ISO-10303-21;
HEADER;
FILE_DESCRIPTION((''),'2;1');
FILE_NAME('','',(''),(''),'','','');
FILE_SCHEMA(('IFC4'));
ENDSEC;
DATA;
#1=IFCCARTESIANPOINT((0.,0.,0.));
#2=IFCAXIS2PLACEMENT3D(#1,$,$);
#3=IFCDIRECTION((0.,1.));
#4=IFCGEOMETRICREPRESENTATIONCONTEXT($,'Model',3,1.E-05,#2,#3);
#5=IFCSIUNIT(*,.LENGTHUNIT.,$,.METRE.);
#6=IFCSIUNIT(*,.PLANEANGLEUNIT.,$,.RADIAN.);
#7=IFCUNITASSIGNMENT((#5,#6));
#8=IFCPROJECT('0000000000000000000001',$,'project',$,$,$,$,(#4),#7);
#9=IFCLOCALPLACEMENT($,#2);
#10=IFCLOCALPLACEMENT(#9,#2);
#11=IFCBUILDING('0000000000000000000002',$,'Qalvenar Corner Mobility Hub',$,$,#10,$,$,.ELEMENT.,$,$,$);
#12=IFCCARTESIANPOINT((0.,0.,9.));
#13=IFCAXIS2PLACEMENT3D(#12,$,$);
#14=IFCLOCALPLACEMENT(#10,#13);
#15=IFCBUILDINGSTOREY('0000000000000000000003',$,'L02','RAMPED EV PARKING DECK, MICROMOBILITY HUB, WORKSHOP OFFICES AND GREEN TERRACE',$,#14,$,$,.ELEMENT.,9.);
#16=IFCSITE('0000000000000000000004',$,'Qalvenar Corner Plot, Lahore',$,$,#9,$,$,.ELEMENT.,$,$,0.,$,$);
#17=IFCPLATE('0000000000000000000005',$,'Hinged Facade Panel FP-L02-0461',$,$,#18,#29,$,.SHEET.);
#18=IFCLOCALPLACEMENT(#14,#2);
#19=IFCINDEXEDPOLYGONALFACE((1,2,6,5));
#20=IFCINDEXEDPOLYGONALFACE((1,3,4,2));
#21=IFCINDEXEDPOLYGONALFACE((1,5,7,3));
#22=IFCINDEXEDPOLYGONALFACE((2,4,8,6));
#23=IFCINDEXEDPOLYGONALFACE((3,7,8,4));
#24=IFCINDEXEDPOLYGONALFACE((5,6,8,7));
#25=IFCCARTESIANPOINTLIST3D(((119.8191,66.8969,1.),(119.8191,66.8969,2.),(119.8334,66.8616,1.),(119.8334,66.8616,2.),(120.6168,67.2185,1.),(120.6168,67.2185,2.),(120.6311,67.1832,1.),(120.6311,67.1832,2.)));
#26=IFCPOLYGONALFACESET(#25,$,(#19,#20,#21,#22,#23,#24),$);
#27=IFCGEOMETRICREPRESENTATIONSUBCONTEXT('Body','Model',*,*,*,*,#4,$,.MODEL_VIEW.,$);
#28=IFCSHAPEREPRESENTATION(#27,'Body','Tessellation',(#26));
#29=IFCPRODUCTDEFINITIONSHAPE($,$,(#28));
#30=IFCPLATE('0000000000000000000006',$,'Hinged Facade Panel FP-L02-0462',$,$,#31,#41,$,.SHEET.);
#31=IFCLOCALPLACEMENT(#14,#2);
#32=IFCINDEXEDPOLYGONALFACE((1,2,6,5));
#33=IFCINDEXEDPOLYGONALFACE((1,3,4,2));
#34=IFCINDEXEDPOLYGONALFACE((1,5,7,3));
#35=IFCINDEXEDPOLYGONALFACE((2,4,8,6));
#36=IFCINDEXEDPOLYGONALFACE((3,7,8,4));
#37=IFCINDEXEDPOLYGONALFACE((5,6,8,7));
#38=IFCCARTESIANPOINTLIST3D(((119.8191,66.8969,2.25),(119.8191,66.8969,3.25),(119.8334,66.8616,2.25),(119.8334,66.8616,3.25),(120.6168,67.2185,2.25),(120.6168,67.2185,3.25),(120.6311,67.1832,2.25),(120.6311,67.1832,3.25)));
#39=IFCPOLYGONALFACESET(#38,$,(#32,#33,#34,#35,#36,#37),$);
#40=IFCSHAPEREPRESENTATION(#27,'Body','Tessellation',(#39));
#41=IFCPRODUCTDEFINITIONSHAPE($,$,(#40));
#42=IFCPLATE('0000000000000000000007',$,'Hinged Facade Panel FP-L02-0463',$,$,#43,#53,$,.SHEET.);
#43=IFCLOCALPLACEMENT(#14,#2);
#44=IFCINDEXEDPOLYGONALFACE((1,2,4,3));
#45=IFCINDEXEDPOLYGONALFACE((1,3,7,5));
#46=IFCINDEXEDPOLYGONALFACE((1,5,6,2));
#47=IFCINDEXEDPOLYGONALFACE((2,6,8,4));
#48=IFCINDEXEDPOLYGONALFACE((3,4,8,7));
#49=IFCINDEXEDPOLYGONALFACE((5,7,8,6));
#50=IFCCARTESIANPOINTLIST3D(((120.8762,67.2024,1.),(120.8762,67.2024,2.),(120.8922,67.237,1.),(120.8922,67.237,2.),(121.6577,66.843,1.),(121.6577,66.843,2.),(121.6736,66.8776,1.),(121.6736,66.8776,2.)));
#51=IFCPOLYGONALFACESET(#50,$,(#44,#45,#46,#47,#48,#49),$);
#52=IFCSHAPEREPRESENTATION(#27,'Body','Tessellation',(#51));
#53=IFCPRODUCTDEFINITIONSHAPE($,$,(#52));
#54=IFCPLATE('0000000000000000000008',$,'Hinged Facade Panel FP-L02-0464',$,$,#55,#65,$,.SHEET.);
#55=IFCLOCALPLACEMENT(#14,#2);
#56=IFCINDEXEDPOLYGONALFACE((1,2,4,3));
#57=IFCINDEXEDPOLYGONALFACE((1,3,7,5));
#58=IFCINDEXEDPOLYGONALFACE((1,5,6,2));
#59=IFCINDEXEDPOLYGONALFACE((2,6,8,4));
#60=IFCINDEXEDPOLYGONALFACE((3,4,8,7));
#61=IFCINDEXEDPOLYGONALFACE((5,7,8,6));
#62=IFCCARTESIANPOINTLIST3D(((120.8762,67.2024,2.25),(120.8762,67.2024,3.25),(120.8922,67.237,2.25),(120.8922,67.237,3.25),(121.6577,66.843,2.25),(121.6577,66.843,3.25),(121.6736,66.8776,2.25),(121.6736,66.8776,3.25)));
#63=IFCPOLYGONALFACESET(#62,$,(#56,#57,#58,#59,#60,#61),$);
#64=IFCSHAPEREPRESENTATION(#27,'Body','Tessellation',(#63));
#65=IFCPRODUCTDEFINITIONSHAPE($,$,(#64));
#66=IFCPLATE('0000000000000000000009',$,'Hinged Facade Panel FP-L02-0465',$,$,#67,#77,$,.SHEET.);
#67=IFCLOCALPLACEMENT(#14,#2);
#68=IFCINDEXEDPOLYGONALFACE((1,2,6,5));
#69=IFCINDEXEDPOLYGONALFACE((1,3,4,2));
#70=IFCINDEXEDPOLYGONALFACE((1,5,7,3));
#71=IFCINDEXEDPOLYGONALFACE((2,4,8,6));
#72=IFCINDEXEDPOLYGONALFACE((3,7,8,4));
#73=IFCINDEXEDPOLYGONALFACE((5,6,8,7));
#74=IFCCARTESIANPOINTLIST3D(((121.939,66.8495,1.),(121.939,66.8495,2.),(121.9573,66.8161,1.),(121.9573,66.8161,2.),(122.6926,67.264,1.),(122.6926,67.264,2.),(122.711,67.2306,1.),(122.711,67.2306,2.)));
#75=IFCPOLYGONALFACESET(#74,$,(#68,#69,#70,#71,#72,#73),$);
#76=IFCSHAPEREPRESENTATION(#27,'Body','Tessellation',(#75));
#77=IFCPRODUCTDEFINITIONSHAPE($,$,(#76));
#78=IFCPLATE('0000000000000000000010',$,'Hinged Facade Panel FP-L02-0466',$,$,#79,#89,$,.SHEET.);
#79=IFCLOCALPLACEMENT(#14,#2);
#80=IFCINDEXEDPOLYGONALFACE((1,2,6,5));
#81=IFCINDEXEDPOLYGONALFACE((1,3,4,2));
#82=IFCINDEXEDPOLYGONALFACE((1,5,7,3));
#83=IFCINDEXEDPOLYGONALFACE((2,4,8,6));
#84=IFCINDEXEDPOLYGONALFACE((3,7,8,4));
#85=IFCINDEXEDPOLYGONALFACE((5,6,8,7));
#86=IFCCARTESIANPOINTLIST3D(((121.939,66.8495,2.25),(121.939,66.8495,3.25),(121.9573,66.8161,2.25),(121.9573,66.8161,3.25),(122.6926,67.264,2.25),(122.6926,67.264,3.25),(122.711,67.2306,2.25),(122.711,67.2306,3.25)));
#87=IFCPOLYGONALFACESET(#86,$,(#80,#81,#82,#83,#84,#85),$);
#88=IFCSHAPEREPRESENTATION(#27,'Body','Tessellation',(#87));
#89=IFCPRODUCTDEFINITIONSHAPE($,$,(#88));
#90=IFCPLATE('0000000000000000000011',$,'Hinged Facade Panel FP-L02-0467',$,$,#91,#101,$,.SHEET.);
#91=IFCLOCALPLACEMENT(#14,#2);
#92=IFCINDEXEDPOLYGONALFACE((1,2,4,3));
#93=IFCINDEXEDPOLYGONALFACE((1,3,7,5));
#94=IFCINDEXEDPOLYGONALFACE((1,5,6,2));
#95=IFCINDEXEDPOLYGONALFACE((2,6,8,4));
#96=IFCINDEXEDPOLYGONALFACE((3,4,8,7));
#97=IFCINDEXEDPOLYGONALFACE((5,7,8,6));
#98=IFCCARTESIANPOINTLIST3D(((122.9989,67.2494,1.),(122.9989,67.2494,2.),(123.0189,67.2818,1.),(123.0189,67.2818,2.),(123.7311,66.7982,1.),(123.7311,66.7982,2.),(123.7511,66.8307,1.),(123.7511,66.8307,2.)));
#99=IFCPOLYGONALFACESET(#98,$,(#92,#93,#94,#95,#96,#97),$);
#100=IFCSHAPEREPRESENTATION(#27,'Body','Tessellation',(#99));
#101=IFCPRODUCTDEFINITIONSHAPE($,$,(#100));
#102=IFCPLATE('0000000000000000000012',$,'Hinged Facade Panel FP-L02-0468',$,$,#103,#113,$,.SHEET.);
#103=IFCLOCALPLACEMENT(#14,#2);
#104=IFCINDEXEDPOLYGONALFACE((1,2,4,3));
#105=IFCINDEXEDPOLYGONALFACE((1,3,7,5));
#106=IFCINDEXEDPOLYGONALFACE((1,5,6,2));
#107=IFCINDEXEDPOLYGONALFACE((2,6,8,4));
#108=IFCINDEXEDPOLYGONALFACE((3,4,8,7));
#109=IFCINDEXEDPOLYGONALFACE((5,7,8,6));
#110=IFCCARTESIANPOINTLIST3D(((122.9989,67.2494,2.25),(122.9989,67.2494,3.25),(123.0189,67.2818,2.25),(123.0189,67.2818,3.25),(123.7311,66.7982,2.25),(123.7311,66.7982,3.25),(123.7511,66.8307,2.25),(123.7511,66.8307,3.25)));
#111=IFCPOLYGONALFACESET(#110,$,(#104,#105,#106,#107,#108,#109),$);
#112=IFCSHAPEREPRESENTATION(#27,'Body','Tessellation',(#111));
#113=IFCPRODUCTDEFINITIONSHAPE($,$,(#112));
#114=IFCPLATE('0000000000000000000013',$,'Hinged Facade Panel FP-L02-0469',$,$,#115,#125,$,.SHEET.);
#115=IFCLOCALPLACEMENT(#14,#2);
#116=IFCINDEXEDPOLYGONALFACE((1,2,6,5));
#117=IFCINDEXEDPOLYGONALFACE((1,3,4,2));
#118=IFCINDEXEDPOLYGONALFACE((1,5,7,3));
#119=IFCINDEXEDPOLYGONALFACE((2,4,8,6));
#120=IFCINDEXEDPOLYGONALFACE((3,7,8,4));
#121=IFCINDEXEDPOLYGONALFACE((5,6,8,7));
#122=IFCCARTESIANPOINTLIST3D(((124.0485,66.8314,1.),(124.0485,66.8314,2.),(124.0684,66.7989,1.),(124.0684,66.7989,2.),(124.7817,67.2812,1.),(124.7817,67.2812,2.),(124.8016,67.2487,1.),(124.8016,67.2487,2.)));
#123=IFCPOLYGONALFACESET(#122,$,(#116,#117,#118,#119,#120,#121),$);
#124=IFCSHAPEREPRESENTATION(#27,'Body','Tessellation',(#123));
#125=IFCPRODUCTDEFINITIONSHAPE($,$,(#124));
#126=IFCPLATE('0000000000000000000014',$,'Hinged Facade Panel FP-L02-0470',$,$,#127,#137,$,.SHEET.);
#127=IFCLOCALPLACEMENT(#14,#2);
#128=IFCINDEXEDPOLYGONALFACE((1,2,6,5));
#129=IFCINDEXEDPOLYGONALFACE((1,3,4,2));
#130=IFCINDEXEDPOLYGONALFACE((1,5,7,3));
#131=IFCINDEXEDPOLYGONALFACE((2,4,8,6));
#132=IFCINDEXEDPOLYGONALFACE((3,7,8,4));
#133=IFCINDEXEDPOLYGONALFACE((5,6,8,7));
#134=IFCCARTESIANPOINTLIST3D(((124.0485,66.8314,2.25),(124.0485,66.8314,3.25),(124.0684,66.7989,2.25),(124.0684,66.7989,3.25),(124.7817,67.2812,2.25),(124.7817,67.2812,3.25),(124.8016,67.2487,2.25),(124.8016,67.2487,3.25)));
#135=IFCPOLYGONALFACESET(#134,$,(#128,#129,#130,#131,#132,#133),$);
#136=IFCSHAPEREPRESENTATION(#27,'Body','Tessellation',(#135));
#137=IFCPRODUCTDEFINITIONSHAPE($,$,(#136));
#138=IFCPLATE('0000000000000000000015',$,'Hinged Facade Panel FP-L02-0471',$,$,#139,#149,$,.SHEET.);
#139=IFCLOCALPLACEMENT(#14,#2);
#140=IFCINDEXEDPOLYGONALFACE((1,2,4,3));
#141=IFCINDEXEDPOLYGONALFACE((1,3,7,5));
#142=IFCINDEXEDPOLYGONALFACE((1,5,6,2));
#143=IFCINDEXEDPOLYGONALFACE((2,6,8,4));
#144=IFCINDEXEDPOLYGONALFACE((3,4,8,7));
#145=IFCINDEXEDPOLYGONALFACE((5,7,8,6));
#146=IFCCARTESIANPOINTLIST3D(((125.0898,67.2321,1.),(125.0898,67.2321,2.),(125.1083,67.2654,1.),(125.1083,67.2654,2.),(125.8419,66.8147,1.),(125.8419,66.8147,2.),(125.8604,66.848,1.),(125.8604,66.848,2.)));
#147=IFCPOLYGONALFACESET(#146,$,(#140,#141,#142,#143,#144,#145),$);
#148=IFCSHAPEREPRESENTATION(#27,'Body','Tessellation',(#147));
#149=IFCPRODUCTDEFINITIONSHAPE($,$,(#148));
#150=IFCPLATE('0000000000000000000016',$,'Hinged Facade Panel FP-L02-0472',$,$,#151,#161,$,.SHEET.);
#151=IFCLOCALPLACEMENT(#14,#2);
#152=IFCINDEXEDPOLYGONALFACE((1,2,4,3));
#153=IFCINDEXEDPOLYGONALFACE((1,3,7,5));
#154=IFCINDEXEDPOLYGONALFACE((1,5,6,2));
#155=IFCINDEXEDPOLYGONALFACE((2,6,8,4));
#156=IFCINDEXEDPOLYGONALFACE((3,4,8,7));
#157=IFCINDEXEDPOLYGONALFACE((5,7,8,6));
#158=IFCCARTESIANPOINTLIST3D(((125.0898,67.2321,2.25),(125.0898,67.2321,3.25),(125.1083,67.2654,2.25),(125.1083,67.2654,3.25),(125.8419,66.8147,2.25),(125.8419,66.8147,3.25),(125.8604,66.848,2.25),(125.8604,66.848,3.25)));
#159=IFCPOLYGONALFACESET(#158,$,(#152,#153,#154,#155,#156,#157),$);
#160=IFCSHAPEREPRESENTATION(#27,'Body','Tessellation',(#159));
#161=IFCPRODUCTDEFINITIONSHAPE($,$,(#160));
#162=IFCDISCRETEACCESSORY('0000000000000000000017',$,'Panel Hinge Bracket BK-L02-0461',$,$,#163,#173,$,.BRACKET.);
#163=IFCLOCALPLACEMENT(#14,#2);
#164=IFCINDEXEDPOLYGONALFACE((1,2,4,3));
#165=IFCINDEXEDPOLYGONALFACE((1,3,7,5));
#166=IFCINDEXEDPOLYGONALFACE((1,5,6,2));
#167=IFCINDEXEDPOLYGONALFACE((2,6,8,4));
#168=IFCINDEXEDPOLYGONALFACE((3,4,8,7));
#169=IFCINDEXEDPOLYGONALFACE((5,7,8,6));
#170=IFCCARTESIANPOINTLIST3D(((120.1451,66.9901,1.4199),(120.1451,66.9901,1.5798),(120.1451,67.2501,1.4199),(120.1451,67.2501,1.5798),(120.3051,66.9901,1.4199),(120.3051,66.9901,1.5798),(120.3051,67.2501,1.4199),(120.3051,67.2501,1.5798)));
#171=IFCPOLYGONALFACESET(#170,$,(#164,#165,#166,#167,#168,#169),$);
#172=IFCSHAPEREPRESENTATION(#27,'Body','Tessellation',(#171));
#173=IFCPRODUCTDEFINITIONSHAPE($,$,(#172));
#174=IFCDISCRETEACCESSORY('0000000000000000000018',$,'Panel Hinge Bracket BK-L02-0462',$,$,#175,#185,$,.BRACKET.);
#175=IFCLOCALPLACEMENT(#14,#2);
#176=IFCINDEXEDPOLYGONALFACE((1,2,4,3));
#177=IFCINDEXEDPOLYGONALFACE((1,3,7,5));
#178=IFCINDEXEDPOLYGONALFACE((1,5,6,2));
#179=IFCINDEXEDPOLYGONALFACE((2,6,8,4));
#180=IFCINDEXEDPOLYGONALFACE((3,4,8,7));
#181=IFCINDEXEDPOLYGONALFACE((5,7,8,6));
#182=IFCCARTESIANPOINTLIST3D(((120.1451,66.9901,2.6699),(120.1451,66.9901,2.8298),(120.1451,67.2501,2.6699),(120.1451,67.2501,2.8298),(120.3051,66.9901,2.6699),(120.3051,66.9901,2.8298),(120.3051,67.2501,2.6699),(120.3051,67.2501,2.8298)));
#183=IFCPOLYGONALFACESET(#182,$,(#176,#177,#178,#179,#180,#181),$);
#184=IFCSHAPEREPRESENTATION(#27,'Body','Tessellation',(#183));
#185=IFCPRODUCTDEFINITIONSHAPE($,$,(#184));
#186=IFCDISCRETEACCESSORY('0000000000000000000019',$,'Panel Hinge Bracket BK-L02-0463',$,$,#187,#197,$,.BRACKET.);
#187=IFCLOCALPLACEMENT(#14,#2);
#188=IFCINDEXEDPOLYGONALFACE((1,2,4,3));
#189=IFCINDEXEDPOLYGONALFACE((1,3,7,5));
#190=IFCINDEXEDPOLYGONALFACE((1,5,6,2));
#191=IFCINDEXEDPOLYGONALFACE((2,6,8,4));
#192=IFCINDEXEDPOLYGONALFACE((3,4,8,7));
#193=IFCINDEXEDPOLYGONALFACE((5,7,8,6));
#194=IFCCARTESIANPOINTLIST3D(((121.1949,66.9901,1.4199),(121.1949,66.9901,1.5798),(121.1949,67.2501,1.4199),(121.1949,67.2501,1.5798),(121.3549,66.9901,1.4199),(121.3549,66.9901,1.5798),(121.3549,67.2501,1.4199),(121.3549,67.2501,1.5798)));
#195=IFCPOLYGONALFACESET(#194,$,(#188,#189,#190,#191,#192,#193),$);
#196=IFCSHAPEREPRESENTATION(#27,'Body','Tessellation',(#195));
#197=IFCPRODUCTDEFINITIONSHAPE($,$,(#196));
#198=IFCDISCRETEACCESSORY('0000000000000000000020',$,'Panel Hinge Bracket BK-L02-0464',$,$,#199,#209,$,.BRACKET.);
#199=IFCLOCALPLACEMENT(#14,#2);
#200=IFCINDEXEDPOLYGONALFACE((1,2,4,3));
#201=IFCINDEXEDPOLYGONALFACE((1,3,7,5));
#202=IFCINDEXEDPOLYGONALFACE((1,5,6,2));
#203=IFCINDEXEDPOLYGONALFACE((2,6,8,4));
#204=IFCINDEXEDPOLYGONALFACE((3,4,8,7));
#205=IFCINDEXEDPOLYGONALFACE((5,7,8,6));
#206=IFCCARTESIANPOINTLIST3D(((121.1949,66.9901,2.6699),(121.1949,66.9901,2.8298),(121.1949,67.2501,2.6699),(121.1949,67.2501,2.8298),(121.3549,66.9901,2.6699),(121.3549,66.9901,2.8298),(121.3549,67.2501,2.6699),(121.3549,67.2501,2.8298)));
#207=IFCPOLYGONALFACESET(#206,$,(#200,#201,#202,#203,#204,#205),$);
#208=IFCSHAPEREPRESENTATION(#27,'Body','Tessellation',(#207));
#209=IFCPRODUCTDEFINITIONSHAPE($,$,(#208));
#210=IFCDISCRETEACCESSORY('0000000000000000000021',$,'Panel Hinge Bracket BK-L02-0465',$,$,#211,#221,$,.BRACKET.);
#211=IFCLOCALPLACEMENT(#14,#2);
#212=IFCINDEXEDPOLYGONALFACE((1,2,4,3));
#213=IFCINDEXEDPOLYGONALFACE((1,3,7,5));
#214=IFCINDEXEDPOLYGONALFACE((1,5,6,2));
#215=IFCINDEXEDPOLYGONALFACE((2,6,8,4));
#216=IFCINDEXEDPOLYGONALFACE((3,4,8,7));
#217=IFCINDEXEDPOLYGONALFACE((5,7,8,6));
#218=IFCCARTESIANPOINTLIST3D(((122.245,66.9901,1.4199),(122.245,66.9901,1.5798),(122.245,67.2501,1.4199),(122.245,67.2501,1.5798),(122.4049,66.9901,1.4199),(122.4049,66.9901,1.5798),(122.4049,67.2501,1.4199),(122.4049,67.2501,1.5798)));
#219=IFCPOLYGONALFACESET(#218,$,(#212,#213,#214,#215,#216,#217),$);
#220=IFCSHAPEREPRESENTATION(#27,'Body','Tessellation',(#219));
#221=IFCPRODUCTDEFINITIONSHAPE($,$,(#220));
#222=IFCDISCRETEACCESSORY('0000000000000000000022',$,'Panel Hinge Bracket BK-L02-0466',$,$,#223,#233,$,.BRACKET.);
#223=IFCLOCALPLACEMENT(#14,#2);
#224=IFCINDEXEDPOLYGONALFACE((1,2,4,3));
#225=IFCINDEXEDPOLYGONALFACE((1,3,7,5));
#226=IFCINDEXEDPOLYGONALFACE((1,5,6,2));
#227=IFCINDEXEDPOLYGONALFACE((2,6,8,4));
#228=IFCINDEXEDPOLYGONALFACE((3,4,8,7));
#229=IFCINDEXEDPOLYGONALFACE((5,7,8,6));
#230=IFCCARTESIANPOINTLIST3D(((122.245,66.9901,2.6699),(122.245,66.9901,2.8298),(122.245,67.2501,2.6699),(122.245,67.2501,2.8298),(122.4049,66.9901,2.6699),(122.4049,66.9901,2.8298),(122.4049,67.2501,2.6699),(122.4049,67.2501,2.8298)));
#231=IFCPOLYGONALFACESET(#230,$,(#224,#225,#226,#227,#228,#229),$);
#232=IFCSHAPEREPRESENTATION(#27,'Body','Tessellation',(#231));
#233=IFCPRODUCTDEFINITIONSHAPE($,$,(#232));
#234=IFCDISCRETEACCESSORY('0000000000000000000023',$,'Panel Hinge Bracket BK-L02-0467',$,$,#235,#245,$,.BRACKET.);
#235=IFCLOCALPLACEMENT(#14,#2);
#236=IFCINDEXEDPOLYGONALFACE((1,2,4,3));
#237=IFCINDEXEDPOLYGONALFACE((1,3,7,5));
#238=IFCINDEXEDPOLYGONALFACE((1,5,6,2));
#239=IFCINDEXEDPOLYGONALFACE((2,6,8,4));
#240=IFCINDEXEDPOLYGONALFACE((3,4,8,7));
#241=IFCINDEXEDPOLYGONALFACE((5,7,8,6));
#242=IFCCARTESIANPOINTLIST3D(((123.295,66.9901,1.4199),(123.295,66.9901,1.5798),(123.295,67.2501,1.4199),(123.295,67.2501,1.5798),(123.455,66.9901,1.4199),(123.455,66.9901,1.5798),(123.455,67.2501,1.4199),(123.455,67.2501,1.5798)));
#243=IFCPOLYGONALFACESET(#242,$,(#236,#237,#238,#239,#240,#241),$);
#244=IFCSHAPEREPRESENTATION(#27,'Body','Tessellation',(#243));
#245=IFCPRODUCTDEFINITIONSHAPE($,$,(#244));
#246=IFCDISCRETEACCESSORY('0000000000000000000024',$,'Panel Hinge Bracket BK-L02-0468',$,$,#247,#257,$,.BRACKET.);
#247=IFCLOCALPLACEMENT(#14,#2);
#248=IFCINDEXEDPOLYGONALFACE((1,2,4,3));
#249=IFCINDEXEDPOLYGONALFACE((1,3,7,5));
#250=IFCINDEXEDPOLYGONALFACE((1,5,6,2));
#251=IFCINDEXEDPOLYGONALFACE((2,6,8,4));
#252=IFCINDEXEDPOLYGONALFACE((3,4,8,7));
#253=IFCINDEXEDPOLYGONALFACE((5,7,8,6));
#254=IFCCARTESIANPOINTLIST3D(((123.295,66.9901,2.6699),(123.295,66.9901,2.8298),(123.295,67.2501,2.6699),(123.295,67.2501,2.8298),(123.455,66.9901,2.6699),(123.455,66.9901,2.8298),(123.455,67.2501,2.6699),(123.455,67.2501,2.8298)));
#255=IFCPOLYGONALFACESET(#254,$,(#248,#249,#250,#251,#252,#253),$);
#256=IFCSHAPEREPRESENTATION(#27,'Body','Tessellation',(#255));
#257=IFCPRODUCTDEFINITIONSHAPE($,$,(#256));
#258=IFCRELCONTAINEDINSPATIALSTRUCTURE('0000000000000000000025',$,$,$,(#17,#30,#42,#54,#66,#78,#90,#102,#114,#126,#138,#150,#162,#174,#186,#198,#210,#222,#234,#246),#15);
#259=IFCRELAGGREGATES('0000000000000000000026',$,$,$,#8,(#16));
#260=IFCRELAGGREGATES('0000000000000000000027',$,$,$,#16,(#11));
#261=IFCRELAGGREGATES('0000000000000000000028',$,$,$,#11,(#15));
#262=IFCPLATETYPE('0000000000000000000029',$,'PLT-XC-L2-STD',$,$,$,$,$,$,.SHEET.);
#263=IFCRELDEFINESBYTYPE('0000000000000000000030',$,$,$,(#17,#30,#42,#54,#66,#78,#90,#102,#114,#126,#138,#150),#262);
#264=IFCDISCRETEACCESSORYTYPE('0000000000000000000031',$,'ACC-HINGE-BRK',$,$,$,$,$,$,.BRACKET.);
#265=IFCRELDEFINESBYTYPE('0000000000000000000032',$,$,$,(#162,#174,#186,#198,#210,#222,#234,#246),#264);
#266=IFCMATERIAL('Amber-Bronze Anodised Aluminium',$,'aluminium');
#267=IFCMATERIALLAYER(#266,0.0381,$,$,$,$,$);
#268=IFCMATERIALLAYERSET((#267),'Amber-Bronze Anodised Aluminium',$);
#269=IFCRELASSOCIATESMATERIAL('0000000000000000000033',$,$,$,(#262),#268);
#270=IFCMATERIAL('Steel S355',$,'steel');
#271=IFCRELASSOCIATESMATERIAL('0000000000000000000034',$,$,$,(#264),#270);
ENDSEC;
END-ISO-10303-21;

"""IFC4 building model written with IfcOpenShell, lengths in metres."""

from ifc_helpers import new_model, si_unit, direction, frame, origin, origin_2d, place, context, subcontext, project, spatial, rectangle, extrude, material, layer, layer_set, type_object, element, save


model = new_model("IFC4")

# Units and contexts
model_context = context("Model", 3, precision=1e-05, world=origin(), true_north=direction((0.0, 1.0)))
body_context = subcontext(model_context, "Body", "Model", "MODEL_VIEW")
ifc_project = project(units=[si_unit("LENGTHUNIT", "METRE"), si_unit("PLANEANGLEUNIT", "RADIAN")], contexts=[model_context])

# Site, building, storey
site_placement = place(None, origin())
site = spatial("IfcSite", under=ifc_project, at=site_placement, Name="Qalvenar Corner Plot, Lahore", CompositionType="ELEMENT", RefElevation=0.0)
building_placement = place(site_placement, origin())
building = spatial("IfcBuilding", under=site, at=building_placement, Name="Qalvenar Corner Mobility Hub", CompositionType="ELEMENT")
storey_placement = place(building_placement, frame((0.0, 0.0, 9.0)))
storey = spatial("IfcBuildingStorey", under=building, at=storey_placement, Name="L02", Description="RAMPED EV PARKING DECK, MICROMOBILITY HUB, WORKSHOP OFFICES AND GREEN TERRACE", CompositionType="ELEMENT", Elevation=9.0)

# Shared definitions
ifc_material_1 = material(Name="Steel S355", Category="steel")

# Plates
ifc_material_2 = material(Name="Amber-Bronze Anodised Aluminium", Category="aluminium")
ifc_layer = layer(ifc_material_2, 0.0381)
ifc_layer_set = layer_set([ifc_layer], Name="Amber-Bronze Anodised Aluminium")
plate_type = type_object("IfcPlateType", Name="PLT-XC-L2-STD", PredefinedType="SHEET", material=ifc_layer_set)
for number, where, z_axis, x_axis, name in (
    (1, (120.2251, 67.04, 1.0), (0.0, 0.0, 1.0), (0.927445, 0.373959, 0.0), "Hinged Facade Panel FP-L02-0461"),
    (2, (120.2251, 67.04, 2.25), (0.0, 0.0, 1.0), (0.927445, 0.373959, 0.0), "Hinged Facade Panel FP-L02-0462"),
    (3, (121.2749, 67.04, 1.0), (0.0, 0.0, 1.0), (0.908508, -0.417867, 0.0), "Hinged Facade Panel FP-L02-0463"),
    (4, (121.2749, 67.04, 2.25), (0.0, 0.0, 1.0), (0.908508, -0.417867, 0.0), "Hinged Facade Panel FP-L02-0464"),
    (5, (122.325, 67.04, 1.0), (0.0, 0.0, 1.0), (0.876223, 0.481907, 0.0), "Hinged Facade Panel FP-L02-0465"),
    (6, (122.325, 67.04, 2.25), (0.0, 0.0, 1.0), (0.876223, 0.481907, 0.0), "Hinged Facade Panel FP-L02-0466"),
    (7, (123.375, 67.04, 1.0), (0.0, 0.0, 1.0), (0.851361, -0.52458, 0.0), "Hinged Facade Panel FP-L02-0467"),
    (8, (123.375, 67.04, 2.25), (0.0, 0.0, 1.0), (0.851361, -0.52458, 0.0), "Hinged Facade Panel FP-L02-0468"),
    (9, (124.425, 67.04, 1.0), (0.0, 0.0, 1.0), (0.852366, 0.522945, 0.0), "Hinged Facade Panel FP-L02-0469"),
    (10, (124.425, 67.04, 2.25), (0.0, 0.0, 1.0), (0.852366, 0.522945, 0.0), "Hinged Facade Panel FP-L02-0470"),
    (11, (125.4751, 67.04, 1.0), (0.0, 0.0, 1.0), (0.874366, -0.485268, 0.0), "Hinged Facade Panel FP-L02-0471"),
    (12, (125.4751, 67.04, 2.25), (0.0, 0.0, 1.0), (0.874366, -0.485268, 0.0), "Hinged Facade Panel FP-L02-0472"),
):
    element("IfcPlate", number, at=place(storey_placement, frame(where, z_axis=z_axis, x_axis=x_axis)), inside=storey, type_object=plate_type, Name=name, PredefinedType="SHEET", context=body_context, shape_type="SweptSolid", body=[
        extrude(rectangle(XDim=0.8601, YDim=0.0381, at=origin_2d()), origin(), (0.0, 0.0, 1.0), 1.0),
    ])

# Discrete accessories
discrete_accessory_type = type_object("IfcDiscreteAccessoryType", Name="ACC-HINGE-BRK", PredefinedType="BRACKET", material=ifc_material_1)
for number, where, z_axis, x_axis, name in (
    (13, (120.2251, 67.1201, 1.4199), (0.0, 0.0, 1.0), (1.0, 0.0, 0.0), "Panel Hinge Bracket BK-L02-0461"),
    (14, (120.2251, 67.1201, 2.6699), (0.0, 0.0, 1.0), (1.0, 0.0, 0.0), "Panel Hinge Bracket BK-L02-0462"),
    (15, (121.2749, 67.1201, 1.4199), (0.0, 0.0, 1.0), (1.0, 0.0, 0.0), "Panel Hinge Bracket BK-L02-0463"),
    (16, (121.2749, 67.1201, 2.6699), (0.0, 0.0, 1.0), (1.0, 0.0, 0.0), "Panel Hinge Bracket BK-L02-0464"),
    (17, (122.325, 67.1201, 1.4199), (0.0, 0.0, 1.0), (1.0, 0.0, 0.0), "Panel Hinge Bracket BK-L02-0465"),
    (18, (122.325, 67.1201, 2.6699), (0.0, 0.0, 1.0), (1.0, 0.0, 0.0), "Panel Hinge Bracket BK-L02-0466"),
    (19, (123.375, 67.1201, 1.4199), (0.0, 0.0, 1.0), (1.0, 0.0, 0.0), "Panel Hinge Bracket BK-L02-0467"),
    (20, (123.375, 67.1201, 2.6699), (0.0, 0.0, 1.0), (1.0, 0.0, 0.0), "Panel Hinge Bracket BK-L02-0468"),
):
    element("IfcDiscreteAccessory", number, at=place(storey_placement, frame(where, z_axis=z_axis, x_axis=x_axis)), inside=storey, type_object=discrete_accessory_type, Name=name, PredefinedType="BRACKET", context=body_context, shape_type="SweptSolid", body=[
        extrude(rectangle(XDim=0.1599, YDim=0.26, at=origin_2d()), origin(), (0.0, 0.0, 1.0), 0.1599),
    ])

save(model, "model.ifc")
